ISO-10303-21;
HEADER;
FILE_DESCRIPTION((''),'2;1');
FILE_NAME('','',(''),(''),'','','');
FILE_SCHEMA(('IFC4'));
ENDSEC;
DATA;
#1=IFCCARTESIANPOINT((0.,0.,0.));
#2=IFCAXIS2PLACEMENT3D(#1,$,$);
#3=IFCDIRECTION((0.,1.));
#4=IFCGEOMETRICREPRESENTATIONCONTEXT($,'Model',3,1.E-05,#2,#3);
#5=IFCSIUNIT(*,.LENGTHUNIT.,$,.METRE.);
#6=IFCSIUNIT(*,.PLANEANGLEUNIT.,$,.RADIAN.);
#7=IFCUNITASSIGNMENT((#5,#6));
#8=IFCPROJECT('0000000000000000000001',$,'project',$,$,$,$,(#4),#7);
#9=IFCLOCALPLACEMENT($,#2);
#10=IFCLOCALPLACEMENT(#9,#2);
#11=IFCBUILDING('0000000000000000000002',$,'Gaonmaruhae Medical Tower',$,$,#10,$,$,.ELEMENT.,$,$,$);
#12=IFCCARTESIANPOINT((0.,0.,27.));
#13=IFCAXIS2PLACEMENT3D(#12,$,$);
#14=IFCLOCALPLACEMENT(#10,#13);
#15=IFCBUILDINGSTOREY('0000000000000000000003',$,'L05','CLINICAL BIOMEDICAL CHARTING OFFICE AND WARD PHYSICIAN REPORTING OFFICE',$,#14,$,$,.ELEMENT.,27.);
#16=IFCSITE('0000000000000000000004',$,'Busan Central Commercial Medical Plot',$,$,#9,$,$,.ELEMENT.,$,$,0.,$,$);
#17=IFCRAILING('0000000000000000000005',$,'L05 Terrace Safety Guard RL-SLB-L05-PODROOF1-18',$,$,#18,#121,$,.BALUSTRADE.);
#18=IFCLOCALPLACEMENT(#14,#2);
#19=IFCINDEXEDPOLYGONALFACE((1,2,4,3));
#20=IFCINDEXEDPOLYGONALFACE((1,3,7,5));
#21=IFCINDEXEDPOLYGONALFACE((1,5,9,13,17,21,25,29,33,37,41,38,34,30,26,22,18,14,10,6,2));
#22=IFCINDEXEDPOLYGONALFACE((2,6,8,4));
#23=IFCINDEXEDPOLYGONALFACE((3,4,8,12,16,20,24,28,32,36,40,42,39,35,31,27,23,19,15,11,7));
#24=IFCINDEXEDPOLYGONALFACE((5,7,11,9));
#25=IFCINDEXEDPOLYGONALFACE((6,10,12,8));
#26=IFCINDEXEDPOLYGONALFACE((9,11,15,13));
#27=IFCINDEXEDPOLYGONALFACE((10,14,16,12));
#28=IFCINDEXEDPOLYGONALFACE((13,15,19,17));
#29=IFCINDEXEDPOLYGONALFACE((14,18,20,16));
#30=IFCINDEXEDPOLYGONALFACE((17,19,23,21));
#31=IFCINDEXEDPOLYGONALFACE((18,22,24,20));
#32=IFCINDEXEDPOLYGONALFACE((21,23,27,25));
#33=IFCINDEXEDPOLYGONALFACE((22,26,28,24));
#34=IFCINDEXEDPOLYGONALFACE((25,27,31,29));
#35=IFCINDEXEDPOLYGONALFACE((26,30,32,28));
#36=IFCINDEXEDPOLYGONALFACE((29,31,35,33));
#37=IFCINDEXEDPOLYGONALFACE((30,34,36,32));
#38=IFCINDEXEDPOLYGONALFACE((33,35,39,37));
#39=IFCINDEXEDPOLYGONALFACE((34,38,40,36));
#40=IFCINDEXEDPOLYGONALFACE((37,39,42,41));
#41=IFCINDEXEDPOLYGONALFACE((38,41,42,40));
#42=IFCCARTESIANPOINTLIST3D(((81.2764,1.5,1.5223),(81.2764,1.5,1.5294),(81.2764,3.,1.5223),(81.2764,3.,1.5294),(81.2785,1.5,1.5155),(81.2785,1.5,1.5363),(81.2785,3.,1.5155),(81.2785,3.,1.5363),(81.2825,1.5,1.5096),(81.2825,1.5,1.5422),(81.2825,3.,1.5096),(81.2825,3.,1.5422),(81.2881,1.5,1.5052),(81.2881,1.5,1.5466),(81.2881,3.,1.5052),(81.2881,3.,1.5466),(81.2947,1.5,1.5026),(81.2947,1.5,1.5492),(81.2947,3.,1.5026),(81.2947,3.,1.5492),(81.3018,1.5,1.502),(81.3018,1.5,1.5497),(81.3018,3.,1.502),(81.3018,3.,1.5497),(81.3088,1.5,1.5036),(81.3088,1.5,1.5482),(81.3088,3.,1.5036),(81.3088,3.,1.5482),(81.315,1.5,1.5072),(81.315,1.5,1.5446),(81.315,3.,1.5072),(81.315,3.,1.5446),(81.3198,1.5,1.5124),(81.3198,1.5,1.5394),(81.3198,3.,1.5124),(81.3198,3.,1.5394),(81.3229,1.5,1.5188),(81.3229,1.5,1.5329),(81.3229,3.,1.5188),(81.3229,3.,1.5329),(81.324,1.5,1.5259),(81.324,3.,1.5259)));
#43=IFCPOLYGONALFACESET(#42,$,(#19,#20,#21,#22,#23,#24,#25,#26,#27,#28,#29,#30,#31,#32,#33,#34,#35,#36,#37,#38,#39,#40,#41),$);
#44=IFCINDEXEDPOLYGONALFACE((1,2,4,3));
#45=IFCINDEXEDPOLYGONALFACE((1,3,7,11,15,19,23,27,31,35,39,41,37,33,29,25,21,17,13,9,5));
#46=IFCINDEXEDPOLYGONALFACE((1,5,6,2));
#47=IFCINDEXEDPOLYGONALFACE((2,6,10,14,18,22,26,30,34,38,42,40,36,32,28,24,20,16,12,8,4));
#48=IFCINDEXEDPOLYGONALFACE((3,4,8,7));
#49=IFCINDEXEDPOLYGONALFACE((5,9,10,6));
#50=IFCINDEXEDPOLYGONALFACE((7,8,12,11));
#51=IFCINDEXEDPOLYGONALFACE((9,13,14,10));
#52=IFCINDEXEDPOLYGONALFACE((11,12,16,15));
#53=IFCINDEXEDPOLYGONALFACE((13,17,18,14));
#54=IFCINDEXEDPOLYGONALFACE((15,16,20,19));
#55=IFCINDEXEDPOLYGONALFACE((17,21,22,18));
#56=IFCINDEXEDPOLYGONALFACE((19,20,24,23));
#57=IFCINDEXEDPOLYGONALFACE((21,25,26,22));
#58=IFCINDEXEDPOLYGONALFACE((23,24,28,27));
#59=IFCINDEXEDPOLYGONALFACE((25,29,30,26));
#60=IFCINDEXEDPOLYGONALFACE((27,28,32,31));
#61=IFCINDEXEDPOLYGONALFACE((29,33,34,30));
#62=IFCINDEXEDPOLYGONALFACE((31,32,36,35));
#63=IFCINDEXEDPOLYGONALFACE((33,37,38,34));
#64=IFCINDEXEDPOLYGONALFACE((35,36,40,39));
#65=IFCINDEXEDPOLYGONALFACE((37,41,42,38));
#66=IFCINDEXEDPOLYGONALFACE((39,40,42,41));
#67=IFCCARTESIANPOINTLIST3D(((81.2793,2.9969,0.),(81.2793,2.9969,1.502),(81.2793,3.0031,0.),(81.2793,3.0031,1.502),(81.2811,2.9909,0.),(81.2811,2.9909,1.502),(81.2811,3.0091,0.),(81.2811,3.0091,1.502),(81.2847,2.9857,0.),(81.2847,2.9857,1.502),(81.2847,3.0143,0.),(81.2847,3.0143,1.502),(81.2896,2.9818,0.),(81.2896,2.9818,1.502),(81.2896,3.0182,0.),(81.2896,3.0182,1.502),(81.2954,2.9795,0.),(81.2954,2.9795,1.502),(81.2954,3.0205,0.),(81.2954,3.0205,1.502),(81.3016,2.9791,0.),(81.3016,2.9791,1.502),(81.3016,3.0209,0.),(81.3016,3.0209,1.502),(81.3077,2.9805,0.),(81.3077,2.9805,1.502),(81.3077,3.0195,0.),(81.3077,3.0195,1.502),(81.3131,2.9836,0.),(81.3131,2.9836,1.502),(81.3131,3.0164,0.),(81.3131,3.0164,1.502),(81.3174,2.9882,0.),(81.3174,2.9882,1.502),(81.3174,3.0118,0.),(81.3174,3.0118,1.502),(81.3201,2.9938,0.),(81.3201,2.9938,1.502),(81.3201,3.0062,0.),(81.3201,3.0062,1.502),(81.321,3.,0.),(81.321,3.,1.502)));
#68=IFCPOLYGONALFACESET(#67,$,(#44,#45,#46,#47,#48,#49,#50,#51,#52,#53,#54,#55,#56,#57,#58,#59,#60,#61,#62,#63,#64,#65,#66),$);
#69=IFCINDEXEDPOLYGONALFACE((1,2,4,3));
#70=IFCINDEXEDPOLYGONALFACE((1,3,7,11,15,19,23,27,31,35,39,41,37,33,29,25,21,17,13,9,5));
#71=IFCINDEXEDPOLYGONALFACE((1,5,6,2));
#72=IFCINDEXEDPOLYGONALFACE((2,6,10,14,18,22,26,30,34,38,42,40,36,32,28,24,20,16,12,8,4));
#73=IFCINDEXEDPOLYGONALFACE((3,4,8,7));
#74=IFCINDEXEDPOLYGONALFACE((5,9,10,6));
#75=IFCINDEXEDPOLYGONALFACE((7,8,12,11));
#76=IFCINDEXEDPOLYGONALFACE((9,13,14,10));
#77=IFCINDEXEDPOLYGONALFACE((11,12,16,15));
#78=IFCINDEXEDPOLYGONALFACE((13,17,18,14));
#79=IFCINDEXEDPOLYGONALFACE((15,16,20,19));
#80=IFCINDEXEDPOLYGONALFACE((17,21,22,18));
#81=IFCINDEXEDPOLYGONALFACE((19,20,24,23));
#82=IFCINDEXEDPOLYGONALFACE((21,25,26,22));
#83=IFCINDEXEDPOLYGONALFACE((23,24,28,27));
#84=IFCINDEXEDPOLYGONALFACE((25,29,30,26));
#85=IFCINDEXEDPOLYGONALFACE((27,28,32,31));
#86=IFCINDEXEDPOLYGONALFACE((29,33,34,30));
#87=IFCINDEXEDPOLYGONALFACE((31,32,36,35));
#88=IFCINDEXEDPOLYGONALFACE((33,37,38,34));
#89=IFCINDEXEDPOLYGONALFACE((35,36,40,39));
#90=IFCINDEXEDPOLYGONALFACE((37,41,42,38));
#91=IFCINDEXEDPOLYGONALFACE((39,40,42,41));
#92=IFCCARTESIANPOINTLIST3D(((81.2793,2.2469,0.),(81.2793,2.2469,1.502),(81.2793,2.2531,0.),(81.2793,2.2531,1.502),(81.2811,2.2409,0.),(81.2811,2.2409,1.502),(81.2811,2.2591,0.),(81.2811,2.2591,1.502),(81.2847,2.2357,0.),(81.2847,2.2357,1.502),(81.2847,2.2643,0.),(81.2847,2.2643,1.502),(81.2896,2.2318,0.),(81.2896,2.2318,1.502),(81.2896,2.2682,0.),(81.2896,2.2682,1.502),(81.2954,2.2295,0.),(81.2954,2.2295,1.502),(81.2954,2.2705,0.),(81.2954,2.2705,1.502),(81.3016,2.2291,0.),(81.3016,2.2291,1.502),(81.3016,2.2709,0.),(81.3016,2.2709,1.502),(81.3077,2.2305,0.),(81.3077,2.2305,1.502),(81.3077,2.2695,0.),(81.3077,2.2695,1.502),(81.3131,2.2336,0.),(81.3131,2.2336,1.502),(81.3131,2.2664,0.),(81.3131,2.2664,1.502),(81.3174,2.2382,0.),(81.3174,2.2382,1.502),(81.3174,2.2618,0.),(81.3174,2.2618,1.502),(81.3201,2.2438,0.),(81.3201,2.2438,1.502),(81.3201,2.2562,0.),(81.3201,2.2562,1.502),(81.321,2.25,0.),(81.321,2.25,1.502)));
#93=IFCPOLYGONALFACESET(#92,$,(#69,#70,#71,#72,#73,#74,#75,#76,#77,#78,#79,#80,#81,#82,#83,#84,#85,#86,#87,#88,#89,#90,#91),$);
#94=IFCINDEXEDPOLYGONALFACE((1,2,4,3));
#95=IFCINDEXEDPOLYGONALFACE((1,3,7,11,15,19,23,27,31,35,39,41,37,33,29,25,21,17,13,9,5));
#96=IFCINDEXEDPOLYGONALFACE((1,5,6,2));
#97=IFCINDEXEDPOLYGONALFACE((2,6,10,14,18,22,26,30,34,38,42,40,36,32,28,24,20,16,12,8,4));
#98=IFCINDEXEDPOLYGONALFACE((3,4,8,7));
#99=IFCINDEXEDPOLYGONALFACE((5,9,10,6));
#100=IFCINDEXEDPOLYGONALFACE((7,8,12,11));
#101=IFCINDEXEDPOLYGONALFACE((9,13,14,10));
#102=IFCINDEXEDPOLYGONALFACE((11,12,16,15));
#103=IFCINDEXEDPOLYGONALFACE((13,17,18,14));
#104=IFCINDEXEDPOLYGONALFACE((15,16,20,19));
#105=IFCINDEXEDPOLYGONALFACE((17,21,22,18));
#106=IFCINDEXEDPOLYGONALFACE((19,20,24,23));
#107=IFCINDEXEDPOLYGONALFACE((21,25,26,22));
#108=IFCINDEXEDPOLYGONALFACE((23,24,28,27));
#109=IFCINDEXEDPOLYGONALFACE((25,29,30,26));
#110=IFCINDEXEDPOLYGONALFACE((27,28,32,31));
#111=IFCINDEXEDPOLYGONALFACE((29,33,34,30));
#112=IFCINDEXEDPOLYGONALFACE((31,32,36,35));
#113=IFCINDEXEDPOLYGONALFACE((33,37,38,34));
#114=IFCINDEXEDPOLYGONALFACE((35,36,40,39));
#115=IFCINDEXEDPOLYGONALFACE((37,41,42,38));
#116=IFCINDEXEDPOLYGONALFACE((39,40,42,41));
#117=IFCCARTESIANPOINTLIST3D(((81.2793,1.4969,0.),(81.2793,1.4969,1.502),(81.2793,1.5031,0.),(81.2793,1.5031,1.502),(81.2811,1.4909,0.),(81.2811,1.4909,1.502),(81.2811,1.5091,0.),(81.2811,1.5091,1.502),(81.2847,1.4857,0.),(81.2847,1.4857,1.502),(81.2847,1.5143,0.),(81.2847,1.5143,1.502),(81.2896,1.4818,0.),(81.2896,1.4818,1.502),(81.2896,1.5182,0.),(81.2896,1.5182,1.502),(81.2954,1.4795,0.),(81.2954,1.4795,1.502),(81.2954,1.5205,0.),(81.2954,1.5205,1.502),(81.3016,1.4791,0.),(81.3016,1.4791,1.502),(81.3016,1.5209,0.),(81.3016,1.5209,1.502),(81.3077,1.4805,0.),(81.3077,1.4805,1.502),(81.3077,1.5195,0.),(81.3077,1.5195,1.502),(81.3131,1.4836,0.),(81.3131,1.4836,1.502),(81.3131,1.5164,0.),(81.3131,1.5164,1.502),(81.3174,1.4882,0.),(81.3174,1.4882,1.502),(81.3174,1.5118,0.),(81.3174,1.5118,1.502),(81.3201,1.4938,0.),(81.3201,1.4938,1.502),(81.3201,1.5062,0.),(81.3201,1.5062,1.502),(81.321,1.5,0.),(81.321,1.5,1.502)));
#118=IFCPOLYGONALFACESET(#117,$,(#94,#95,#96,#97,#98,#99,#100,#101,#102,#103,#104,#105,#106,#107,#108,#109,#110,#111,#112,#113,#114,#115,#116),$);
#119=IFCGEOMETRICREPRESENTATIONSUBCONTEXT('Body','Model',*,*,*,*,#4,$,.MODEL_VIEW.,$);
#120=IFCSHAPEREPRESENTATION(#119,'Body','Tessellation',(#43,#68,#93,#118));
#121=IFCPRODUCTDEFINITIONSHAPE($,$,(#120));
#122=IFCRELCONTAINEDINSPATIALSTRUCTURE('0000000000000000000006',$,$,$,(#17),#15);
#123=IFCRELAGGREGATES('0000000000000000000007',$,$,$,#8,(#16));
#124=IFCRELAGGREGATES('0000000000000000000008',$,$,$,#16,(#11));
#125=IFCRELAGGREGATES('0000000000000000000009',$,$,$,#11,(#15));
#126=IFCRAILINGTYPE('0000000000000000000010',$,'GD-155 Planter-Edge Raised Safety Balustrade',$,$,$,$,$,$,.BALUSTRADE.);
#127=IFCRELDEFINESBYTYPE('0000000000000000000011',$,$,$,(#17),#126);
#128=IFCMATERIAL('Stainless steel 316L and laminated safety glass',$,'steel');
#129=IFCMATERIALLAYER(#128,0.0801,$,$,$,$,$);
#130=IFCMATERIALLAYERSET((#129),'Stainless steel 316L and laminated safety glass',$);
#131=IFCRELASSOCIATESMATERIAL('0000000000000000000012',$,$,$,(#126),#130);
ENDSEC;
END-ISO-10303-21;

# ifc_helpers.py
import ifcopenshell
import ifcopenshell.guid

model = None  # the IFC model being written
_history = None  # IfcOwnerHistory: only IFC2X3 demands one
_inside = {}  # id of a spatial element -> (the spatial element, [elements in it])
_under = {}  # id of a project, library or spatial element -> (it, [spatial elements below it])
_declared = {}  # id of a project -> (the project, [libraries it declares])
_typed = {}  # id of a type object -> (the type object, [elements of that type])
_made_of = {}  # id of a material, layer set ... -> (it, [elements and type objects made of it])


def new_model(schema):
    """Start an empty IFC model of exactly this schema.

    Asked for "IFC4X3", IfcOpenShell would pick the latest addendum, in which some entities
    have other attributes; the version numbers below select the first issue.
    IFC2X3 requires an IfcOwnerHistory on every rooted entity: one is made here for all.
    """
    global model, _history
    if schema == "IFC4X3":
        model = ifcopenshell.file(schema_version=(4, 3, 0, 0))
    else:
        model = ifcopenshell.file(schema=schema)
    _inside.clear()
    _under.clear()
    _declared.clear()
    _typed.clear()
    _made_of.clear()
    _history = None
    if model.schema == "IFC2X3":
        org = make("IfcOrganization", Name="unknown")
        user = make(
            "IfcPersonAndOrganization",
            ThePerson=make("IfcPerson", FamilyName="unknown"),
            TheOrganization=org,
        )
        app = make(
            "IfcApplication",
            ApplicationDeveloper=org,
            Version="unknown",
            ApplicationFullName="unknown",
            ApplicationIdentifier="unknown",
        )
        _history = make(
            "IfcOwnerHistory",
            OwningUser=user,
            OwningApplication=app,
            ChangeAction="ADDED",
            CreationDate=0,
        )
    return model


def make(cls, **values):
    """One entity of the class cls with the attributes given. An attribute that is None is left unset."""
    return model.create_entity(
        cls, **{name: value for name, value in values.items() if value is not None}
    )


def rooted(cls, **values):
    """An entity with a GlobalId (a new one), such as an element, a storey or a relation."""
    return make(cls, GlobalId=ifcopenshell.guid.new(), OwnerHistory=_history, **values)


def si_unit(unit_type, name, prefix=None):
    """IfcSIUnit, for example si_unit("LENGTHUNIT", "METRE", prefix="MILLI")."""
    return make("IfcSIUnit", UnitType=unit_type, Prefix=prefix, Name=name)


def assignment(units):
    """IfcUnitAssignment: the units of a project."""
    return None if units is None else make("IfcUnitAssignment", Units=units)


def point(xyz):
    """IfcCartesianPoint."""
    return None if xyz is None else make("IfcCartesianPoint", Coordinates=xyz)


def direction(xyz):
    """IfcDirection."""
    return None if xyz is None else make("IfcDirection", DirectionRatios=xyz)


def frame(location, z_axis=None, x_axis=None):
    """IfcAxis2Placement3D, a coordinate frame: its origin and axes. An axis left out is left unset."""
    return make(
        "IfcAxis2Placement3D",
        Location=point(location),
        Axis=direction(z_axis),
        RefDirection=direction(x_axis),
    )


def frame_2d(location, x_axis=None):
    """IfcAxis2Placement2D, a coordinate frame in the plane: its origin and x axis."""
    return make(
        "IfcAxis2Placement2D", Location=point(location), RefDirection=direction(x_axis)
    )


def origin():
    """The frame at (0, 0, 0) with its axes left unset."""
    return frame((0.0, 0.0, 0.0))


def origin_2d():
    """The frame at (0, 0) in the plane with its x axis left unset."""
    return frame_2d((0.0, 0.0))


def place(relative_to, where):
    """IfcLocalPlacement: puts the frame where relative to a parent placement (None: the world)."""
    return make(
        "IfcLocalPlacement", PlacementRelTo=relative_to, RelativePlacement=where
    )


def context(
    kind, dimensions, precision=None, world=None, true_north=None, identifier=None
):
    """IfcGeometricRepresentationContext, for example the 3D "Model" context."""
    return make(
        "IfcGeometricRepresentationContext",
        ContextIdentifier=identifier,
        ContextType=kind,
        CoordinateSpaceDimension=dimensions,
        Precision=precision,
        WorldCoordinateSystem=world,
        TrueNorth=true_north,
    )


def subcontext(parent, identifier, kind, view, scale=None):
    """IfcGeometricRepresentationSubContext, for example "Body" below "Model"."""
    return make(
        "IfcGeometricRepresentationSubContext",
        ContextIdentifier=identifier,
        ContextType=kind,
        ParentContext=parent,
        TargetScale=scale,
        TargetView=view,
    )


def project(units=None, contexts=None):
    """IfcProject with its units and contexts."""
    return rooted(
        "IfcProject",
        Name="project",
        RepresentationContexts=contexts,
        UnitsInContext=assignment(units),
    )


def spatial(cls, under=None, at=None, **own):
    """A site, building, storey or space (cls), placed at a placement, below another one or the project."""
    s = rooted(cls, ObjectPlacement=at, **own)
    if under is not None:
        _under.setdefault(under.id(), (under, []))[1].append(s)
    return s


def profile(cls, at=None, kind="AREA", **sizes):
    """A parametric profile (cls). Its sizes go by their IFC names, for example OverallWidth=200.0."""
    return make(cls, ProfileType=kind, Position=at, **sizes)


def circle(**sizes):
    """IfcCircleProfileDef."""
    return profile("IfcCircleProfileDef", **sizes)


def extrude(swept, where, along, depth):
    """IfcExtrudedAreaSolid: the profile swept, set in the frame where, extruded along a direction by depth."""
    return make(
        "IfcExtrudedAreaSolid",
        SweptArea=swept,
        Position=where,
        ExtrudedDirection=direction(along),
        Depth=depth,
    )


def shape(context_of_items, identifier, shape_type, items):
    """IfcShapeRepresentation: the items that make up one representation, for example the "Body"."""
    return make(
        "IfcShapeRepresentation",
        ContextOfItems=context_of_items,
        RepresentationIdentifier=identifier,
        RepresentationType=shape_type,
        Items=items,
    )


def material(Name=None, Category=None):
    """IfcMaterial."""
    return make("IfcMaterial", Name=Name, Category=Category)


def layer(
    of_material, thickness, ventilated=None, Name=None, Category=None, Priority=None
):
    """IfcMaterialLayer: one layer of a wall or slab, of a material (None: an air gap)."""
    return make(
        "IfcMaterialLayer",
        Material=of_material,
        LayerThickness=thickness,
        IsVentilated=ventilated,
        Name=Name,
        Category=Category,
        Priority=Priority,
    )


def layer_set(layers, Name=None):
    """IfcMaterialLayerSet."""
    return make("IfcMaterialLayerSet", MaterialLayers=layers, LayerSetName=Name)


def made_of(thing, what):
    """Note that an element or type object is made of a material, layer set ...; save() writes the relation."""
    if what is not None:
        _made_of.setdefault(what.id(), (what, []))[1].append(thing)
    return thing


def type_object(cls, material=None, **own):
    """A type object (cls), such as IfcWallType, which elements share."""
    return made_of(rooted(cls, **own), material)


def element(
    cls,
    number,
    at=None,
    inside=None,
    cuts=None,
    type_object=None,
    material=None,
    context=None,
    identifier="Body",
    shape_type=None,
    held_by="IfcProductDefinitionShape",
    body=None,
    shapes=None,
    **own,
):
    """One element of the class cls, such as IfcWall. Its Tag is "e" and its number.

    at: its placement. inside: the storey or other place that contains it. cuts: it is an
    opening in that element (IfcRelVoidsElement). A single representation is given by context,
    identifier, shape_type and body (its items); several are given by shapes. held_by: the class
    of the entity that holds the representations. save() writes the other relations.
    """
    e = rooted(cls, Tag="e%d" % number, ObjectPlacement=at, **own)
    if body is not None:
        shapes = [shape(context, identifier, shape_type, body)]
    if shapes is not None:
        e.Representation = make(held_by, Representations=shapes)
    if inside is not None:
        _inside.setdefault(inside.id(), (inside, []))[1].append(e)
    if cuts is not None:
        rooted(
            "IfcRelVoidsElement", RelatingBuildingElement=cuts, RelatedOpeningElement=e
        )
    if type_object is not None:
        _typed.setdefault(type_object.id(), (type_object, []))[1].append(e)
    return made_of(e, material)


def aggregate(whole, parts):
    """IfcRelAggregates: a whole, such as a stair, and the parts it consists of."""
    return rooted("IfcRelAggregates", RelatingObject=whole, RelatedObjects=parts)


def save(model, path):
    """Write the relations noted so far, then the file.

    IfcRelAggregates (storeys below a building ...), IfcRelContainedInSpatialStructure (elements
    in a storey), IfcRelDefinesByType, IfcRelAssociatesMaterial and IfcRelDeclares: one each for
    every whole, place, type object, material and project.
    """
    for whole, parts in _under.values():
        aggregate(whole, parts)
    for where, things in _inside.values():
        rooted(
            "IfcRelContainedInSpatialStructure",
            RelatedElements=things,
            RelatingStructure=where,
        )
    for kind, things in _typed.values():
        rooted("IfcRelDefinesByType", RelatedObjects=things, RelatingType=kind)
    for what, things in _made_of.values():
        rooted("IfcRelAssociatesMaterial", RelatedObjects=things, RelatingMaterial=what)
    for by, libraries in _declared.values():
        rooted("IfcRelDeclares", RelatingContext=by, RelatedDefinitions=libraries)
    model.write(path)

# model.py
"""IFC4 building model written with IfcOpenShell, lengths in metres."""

from ifc_helpers import new_model, si_unit, direction, frame, origin, origin_2d, place, context, subcontext, project, spatial, circle, extrude, material, layer, layer_set, type_object, element, save


model = new_model("IFC4")

# Units and contexts
model_context = context("Model", 3, precision=1e-05, world=origin(), true_north=direction((0.0, 1.0)))
body_context = subcontext(model_context, "Body", "Model", "MODEL_VIEW")
ifc_project = project(units=[si_unit("LENGTHUNIT", "METRE"), si_unit("PLANEANGLEUNIT", "RADIAN")], contexts=[model_context])

# Site, building, storey
site_placement = place(None, origin())
site = spatial("IfcSite", under=ifc_project, at=site_placement, Name="Busan Central Commercial Medical Plot", CompositionType="ELEMENT", RefElevation=0.0)
building_placement = place(site_placement, origin())
building = spatial("IfcBuilding", under=site, at=building_placement, Name="Gaonmaruhae Medical Tower", CompositionType="ELEMENT")
storey_placement = place(building_placement, frame((0.0, 0.0, 27.0)))
storey = spatial("IfcBuildingStorey", under=building, at=storey_placement, Name="L05", Description="CLINICAL BIOMEDICAL CHARTING OFFICE AND WARD PHYSICIAN REPORTING OFFICE", CompositionType="ELEMENT", Elevation=27.0)

# Railing
ifc_material_1 = material(Name="Stainless steel 316L and laminated safety glass", Category="steel")
ifc_layer_1 = layer(ifc_material_1, 0.0801)
ifc_layer_set_1 = layer_set([ifc_layer_1], Name="Stainless steel 316L and laminated safety glass")
railing_type = type_object("IfcRailingType", Name="GD-155 Planter-Edge Raised Safety Balustrade", PredefinedType="BALUSTRADE", material=ifc_layer_set_1)
railing_1_placement = place(storey_placement, frame((81.3, 3.0, 0.0)))
element("IfcRailing", 1, at=railing_1_placement, inside=storey, type_object=railing_type, Name="L05 Terrace Safety Guard RL-SLB-L05-PODROOF1-18", PredefinedType="BALUSTRADE", context=body_context, shape_type="SweptSolid", body=[
    extrude(circle(Radius=0.0239, at=origin_2d()), frame((0.0, 0.0, 1.5259), z_axis=(0.0, -1.0, 0.0), x_axis=(1.0, 0.0, 0.0)), (0.0, 0.0, 1.0), 1.5),
    extrude(circle(Radius=0.021, at=origin_2d()), origin(), (0.0, 0.0, 1.0), 1.502),
    extrude(circle(Radius=0.021, at=origin_2d()), frame((0.0, -0.75, 0.0)), (0.0, 0.0, 1.0), 1.502),
    extrude(circle(Radius=0.021, at=origin_2d()), frame((0.0, -1.5, 0.0)), (0.0, 0.0, 1.0), 1.502),
])

save(model, "model.ifc")
